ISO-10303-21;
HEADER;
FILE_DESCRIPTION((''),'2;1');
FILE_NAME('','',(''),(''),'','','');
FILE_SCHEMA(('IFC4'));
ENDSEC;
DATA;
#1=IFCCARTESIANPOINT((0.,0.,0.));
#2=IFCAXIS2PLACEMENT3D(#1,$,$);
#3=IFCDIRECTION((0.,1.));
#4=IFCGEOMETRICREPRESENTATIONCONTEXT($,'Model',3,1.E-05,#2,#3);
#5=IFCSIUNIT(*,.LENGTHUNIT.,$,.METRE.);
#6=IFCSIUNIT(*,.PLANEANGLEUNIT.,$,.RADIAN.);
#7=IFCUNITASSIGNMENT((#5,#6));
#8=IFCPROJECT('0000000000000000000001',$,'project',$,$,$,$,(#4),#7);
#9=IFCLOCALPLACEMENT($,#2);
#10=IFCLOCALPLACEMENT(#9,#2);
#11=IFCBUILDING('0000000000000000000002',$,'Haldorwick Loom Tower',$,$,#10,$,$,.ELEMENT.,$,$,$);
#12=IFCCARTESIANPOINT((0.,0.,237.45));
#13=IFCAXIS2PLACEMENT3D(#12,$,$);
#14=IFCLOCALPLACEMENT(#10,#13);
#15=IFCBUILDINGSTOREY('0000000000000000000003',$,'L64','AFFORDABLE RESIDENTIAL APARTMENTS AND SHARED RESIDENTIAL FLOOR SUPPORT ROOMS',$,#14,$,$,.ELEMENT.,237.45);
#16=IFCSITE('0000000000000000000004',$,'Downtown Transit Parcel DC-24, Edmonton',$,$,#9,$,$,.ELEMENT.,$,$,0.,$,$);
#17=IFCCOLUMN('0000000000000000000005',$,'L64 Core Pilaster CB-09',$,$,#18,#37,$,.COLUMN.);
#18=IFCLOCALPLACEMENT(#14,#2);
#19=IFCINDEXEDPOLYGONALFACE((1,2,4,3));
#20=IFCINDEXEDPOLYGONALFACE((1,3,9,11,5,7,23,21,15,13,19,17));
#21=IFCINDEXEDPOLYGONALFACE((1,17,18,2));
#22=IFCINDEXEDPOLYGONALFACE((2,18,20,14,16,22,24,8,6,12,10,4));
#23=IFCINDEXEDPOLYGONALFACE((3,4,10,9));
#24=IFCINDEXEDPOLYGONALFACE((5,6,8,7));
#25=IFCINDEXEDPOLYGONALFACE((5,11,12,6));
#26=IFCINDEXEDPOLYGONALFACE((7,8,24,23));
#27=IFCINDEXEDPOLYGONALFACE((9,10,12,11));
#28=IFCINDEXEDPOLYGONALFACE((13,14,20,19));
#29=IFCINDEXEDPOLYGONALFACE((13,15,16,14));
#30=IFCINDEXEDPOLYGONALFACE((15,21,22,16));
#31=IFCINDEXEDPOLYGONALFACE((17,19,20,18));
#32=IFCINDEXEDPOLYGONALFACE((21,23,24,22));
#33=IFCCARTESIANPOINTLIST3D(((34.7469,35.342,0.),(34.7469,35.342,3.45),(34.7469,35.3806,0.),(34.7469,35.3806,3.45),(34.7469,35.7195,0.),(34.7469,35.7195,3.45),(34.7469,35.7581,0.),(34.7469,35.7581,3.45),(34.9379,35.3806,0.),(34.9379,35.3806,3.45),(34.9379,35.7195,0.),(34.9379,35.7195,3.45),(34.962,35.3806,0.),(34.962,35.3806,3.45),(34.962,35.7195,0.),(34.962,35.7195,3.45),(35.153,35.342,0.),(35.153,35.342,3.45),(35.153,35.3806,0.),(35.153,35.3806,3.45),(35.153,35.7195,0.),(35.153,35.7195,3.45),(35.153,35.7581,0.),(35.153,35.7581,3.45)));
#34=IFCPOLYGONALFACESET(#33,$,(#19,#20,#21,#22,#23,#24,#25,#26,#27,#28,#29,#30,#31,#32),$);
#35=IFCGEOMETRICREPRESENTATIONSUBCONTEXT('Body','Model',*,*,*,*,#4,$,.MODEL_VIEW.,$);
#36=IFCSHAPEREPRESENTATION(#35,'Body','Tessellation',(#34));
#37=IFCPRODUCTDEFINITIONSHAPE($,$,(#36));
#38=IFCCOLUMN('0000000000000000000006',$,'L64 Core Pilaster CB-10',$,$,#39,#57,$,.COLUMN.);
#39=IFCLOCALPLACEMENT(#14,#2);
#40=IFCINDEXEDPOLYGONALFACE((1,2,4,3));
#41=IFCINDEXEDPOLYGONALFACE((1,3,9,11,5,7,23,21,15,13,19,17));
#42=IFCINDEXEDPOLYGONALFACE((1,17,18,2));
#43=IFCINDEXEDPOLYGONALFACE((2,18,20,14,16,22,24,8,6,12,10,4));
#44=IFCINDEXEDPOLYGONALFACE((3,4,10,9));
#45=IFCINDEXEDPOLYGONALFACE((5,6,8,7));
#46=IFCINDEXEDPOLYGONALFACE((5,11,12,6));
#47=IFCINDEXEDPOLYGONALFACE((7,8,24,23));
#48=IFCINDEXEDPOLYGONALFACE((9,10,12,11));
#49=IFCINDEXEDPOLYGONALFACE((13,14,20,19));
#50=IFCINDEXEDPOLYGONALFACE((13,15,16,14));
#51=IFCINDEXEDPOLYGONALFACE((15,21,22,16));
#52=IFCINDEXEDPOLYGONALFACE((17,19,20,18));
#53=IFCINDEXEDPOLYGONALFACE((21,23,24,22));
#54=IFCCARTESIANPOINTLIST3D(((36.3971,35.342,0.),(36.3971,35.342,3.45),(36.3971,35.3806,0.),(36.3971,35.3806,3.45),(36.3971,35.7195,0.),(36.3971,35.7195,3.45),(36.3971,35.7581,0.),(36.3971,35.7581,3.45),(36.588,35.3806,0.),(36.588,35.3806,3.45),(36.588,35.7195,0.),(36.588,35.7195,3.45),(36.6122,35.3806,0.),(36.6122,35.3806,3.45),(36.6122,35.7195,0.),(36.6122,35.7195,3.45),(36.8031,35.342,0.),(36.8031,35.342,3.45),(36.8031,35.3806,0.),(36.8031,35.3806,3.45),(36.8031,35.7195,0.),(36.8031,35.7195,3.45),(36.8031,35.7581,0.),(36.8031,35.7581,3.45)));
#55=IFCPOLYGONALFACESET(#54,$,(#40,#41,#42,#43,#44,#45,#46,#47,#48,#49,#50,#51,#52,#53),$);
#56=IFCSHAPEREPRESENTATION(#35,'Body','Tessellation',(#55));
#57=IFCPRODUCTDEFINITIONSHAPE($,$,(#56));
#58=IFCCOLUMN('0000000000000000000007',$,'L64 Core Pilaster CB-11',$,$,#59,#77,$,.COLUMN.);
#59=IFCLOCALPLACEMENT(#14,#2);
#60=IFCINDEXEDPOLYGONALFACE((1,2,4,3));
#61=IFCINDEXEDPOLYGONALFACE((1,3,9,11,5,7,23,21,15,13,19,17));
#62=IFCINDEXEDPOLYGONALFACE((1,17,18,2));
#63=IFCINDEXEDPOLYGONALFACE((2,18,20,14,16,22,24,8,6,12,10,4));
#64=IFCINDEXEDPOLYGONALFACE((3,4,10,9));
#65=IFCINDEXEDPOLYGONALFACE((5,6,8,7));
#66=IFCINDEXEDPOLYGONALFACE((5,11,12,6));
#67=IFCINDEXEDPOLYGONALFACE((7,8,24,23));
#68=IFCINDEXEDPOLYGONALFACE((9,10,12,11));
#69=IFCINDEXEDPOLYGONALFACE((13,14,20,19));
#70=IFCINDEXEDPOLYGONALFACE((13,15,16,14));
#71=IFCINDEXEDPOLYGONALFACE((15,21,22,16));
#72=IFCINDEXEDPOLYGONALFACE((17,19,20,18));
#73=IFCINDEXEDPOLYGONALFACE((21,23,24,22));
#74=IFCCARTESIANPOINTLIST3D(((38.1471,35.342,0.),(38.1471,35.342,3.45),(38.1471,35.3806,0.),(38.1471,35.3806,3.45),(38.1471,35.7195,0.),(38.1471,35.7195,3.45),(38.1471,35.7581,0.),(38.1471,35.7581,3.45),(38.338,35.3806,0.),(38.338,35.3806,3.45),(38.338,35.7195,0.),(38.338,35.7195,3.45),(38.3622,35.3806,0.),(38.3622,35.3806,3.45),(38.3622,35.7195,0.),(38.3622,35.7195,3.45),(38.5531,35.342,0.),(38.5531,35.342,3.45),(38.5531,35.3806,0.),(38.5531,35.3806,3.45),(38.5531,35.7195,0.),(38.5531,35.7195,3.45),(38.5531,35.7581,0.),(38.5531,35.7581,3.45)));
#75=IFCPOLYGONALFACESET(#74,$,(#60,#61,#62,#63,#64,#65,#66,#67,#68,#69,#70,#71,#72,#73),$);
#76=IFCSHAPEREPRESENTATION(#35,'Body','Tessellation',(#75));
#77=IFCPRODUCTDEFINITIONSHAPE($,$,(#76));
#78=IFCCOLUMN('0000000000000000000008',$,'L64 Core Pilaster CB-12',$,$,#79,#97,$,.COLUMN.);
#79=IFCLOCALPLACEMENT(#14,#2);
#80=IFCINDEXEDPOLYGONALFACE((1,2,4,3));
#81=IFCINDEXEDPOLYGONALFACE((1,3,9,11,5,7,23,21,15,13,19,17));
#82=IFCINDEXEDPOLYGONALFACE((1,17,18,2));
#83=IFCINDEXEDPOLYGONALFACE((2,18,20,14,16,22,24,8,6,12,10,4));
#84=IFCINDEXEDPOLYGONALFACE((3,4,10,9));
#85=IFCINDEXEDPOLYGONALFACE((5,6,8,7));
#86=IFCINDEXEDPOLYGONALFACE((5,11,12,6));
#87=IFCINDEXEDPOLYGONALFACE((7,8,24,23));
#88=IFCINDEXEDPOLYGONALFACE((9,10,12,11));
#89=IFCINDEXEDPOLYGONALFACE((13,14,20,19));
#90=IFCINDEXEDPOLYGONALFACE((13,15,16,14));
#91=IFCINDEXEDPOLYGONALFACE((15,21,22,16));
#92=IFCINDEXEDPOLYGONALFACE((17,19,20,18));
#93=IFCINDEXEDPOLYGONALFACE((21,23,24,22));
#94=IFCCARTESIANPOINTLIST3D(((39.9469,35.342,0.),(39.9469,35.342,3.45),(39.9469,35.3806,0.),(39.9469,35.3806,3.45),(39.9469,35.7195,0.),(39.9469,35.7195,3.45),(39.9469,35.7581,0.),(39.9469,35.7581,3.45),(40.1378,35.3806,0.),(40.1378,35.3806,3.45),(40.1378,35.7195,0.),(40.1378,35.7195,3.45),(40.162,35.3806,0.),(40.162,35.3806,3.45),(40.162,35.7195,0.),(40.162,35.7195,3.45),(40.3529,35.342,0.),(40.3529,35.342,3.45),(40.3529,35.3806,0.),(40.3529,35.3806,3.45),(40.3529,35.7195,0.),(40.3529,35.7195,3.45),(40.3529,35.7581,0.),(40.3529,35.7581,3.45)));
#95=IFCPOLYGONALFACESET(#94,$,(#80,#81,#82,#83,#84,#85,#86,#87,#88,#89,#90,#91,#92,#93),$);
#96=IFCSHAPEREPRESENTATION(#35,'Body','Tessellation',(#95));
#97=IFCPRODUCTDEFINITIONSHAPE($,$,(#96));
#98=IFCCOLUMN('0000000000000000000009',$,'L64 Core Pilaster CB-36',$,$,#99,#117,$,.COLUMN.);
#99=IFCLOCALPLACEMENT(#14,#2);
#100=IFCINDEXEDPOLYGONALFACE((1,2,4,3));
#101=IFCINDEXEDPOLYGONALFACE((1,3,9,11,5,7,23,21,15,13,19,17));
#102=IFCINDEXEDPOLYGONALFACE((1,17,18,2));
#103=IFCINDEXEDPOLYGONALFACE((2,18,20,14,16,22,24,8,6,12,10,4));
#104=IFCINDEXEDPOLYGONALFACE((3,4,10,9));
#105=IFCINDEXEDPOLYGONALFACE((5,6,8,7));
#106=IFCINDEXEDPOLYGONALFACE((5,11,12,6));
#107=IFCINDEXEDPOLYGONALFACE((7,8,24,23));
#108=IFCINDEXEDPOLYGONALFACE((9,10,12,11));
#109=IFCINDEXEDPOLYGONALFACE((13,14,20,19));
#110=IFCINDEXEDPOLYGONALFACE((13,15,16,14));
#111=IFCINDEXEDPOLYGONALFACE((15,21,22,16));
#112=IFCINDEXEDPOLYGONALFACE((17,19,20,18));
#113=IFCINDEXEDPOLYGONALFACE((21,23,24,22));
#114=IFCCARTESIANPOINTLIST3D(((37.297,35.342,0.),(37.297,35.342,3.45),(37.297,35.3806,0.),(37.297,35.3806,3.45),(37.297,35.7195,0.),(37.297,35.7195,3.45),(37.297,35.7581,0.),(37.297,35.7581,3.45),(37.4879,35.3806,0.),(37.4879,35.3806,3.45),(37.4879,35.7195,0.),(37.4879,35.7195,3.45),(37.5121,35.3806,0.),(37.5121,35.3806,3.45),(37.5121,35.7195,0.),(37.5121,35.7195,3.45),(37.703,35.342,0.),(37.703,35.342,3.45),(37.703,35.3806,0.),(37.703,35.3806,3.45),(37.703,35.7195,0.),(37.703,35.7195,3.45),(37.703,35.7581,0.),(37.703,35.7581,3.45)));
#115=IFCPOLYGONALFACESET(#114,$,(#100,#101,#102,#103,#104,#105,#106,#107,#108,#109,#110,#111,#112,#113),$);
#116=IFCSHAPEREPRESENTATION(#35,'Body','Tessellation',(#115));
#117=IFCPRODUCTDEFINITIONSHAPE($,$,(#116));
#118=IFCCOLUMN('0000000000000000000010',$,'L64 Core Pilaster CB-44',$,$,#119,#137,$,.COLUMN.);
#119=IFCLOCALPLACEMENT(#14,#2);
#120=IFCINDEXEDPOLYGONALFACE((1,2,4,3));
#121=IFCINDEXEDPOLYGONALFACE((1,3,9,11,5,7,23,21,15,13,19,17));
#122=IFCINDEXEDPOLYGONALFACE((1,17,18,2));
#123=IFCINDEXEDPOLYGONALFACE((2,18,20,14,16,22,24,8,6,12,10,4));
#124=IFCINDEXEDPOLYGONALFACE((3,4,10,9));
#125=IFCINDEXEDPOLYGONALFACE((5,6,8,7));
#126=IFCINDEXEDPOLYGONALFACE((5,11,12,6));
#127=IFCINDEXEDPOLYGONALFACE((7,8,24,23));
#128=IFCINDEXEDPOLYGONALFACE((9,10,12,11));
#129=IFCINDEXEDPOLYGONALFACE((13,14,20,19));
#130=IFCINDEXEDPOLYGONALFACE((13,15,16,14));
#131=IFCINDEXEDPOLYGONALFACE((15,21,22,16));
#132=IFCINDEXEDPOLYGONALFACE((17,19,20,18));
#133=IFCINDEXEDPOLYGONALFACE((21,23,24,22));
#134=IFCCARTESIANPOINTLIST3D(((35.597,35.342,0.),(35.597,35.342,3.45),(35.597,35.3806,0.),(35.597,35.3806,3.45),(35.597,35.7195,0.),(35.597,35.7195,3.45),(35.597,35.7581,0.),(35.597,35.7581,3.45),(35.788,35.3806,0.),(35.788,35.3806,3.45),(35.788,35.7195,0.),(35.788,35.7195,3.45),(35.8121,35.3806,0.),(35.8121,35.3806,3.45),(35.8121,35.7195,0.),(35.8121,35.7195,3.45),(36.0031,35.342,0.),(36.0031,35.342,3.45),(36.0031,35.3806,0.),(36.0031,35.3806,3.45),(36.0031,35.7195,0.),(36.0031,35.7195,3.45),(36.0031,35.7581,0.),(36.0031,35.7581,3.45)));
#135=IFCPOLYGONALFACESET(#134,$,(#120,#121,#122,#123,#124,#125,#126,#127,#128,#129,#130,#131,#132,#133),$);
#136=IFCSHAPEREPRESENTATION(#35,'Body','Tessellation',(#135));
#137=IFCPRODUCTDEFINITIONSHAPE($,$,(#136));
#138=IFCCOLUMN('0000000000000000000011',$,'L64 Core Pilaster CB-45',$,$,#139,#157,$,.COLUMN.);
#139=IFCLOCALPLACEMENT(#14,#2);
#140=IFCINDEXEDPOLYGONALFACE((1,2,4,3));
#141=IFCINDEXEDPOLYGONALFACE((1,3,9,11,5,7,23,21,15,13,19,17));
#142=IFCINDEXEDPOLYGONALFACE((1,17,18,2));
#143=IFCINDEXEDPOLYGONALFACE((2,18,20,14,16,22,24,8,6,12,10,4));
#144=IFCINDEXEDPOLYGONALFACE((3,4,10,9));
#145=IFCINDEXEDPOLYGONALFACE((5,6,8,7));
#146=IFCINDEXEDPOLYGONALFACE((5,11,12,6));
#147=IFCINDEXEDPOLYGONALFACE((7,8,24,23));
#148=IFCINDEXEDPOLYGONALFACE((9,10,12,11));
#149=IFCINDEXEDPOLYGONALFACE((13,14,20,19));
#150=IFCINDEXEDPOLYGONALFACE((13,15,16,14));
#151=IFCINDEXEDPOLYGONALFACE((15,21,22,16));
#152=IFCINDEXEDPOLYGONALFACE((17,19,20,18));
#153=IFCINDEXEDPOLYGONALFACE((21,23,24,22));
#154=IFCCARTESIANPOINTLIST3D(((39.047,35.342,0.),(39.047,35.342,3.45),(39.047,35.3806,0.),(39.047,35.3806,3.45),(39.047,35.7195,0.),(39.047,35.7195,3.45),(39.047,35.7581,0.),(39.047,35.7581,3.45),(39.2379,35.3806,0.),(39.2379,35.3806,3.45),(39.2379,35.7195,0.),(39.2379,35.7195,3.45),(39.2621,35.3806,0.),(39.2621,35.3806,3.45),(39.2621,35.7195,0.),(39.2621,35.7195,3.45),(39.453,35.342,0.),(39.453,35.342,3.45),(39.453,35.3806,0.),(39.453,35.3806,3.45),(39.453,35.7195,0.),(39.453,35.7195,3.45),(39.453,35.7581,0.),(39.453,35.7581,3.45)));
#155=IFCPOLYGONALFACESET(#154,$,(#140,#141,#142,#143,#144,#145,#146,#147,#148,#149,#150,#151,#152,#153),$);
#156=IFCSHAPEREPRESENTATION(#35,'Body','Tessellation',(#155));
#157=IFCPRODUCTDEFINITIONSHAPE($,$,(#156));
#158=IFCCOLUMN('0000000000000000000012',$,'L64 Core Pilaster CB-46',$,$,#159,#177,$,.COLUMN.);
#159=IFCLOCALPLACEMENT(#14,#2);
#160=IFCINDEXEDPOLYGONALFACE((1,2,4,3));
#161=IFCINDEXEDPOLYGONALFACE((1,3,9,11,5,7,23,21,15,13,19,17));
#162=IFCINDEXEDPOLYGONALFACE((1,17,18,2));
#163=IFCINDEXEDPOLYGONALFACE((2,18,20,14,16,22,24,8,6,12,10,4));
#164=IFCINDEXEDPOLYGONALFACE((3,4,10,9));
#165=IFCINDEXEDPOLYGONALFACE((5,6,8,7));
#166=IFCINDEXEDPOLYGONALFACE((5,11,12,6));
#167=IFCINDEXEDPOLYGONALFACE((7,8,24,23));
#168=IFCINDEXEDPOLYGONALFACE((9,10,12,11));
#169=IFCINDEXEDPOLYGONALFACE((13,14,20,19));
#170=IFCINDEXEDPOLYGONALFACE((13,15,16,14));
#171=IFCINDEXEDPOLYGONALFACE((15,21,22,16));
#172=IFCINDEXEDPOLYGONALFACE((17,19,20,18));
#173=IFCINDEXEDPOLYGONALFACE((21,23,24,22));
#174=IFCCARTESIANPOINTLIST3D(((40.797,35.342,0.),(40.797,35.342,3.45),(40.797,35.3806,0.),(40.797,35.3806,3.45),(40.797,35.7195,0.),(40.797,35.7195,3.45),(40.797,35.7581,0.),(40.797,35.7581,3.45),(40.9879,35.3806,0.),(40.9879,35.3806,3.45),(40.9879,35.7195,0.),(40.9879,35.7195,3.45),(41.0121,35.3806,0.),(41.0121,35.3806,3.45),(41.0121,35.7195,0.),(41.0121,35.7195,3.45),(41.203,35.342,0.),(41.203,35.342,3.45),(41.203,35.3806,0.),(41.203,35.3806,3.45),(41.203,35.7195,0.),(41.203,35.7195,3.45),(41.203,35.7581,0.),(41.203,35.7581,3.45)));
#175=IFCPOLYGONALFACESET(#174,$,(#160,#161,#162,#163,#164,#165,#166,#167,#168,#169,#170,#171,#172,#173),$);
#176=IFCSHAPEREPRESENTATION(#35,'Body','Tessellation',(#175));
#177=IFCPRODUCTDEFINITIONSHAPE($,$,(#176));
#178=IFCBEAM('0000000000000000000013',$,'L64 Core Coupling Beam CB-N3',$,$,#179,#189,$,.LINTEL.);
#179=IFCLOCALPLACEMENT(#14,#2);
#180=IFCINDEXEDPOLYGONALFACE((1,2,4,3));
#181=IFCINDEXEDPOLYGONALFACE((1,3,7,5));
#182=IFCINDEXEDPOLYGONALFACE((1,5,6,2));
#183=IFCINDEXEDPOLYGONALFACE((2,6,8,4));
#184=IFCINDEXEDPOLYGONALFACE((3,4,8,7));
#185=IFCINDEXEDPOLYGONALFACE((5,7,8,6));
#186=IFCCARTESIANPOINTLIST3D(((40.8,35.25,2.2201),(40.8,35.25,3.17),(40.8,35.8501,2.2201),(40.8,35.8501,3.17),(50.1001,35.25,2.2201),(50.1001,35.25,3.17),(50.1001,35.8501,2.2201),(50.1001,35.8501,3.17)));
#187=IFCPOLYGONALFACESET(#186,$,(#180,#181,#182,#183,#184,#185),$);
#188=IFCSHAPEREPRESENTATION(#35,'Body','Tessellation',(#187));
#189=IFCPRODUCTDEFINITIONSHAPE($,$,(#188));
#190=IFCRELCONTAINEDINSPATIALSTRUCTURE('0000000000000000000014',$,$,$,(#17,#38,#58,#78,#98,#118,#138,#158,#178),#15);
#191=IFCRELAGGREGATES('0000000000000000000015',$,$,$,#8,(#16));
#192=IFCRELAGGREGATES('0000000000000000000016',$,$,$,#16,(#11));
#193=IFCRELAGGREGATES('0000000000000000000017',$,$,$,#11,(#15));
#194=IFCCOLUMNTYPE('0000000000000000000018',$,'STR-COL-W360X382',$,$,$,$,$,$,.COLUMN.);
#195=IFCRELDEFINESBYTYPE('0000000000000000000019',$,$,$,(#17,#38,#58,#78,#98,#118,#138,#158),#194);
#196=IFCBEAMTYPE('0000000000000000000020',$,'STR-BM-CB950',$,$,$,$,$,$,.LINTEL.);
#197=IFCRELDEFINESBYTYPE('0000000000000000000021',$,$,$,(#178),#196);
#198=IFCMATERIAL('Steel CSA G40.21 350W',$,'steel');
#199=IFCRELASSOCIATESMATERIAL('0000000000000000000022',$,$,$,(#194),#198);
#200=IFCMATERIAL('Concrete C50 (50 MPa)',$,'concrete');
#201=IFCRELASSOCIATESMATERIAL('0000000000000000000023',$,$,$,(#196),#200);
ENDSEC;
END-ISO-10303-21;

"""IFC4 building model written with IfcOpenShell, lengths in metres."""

from ifc_helpers import new_model, si_unit, direction, frame, origin, origin_2d, place, context, subcontext, project, spatial, rectangle, i_section, extrude, material, material_profile, profile_set, type_object, element, save


model = new_model("IFC4")

# Units and contexts
model_context = context("Model", 3, precision=1e-05, world=origin(), true_north=direction((0.0, 1.0)))
body_context = subcontext(model_context, "Body", "Model", "MODEL_VIEW")
ifc_project = project(units=[si_unit("LENGTHUNIT", "METRE"), si_unit("PLANEANGLEUNIT", "RADIAN")], contexts=[model_context])

# Site, building, storey
site_placement = place(None, origin())
site = spatial("IfcSite", under=ifc_project, at=site_placement, Name="Downtown Transit Parcel DC-24, Edmonton", CompositionType="ELEMENT", RefElevation=0.0)
building_placement = place(site_placement, origin())
building = spatial("IfcBuilding", under=site, at=building_placement, Name="Haldorwick Loom Tower", CompositionType="ELEMENT")
storey_placement = place(building_placement, frame((0.0, 0.0, 237.45)))
storey = spatial("IfcBuildingStorey", under=building, at=storey_placement, Name="L64", Description="AFFORDABLE RESIDENTIAL APARTMENTS AND SHARED RESIDENTIAL FLOOR SUPPORT ROOMS", CompositionType="ELEMENT", Elevation=237.45)

# Columns
ifc_material_1 = material(Name="Steel CSA G40.21 350W", Category="steel")
ifc_material_profile_1 = material_profile(ifc_material_1, i_section(OverallWidth=0.406, OverallDepth=0.416, WebThickness=0.0242, FlangeThickness=0.0386, at=origin_2d()), Name="W360X382", Category="steel")
ifc_profile_set_1 = profile_set([ifc_material_profile_1], Name="Steel CSA G40.21 350W")
column_type = type_object("IfcColumnType", Name="STR-COL-W360X382", PredefinedType="COLUMN", material=ifc_profile_set_1)
for number, where, z_axis, x_axis, name in (
    (1, (34.95, 35.55, 0.0), (0.0, 0.0, 1.0), (1.0, 0.0, 0.0), "L64 Core Pilaster CB-09"),
    (2, (36.6001, 35.55, 0.0), (0.0, 0.0, 1.0), (1.0, 0.0, 0.0), "L64 Core Pilaster CB-10"),
    (3, (38.3501, 35.55, 0.0), (0.0, 0.0, 1.0), (1.0, 0.0, 0.0), "L64 Core Pilaster CB-11"),
    (4, (40.1499, 35.55, 0.0), (0.0, 0.0, 1.0), (1.0, 0.0, 0.0), "L64 Core Pilaster CB-12"),
    (5, (37.5, 35.55, 0.0), (0.0, 0.0, 1.0), (1.0, 0.0, 0.0), "L64 Core Pilaster CB-36"),
    (6, (35.8, 35.55, 0.0), (0.0, 0.0, 1.0), (1.0, 0.0, 0.0), "L64 Core Pilaster CB-44"),
    (7, (39.25, 35.55, 0.0), (0.0, 0.0, 1.0), (1.0, 0.0, 0.0), "L64 Core Pilaster CB-45"),
    (8, (41.0, 35.55, 0.0), (0.0, 0.0, 1.0), (1.0, 0.0, 0.0), "L64 Core Pilaster CB-46"),
):
    element("IfcColumn", number, at=place(storey_placement, frame(where, z_axis=z_axis, x_axis=x_axis)), inside=storey, type_object=column_type, Name=name, PredefinedType="COLUMN", context=body_context, shape_type="SweptSolid", body=[
        extrude(i_section(OverallWidth=0.406, OverallDepth=0.416, WebThickness=0.0242, FlangeThickness=0.0386, at=origin_2d()), origin(), (0.0, 0.0, 1.0), 3.45),
    ])

# Beam
ifc_material_2 = material(Name="Concrete C50 (50 MPa)", Category="concrete")
ifc_material_profile_2 = material_profile(ifc_material_2, rectangle(XDim=0.6001, YDim=0.95, at=origin_2d()), Name="RC600X950", Category="concrete")
ifc_profile_set_2 = profile_set([ifc_material_profile_2], Name="Concrete C50 (50 MPa)")
beam_type = type_object("IfcBeamType", Name="STR-BM-CB950", PredefinedType="LINTEL", material=ifc_profile_set_2)
beam_placement = place(storey_placement, frame((40.8, 35.55, 2.6951), z_axis=(1.0, 0.0, 0.0), x_axis=(0.0, 1.0, 0.0)))
element("IfcBeam", 9, at=beam_placement, inside=storey, type_object=beam_type, Name="L64 Core Coupling Beam CB-N3", PredefinedType="LINTEL", context=body_context, shape_type="SweptSolid", body=[
    extrude(rectangle(XDim=0.6001, YDim=0.95, at=origin_2d()), origin(), (0.0, 0.0, 1.0), 9.3),
])

save(model, "model.ifc")
